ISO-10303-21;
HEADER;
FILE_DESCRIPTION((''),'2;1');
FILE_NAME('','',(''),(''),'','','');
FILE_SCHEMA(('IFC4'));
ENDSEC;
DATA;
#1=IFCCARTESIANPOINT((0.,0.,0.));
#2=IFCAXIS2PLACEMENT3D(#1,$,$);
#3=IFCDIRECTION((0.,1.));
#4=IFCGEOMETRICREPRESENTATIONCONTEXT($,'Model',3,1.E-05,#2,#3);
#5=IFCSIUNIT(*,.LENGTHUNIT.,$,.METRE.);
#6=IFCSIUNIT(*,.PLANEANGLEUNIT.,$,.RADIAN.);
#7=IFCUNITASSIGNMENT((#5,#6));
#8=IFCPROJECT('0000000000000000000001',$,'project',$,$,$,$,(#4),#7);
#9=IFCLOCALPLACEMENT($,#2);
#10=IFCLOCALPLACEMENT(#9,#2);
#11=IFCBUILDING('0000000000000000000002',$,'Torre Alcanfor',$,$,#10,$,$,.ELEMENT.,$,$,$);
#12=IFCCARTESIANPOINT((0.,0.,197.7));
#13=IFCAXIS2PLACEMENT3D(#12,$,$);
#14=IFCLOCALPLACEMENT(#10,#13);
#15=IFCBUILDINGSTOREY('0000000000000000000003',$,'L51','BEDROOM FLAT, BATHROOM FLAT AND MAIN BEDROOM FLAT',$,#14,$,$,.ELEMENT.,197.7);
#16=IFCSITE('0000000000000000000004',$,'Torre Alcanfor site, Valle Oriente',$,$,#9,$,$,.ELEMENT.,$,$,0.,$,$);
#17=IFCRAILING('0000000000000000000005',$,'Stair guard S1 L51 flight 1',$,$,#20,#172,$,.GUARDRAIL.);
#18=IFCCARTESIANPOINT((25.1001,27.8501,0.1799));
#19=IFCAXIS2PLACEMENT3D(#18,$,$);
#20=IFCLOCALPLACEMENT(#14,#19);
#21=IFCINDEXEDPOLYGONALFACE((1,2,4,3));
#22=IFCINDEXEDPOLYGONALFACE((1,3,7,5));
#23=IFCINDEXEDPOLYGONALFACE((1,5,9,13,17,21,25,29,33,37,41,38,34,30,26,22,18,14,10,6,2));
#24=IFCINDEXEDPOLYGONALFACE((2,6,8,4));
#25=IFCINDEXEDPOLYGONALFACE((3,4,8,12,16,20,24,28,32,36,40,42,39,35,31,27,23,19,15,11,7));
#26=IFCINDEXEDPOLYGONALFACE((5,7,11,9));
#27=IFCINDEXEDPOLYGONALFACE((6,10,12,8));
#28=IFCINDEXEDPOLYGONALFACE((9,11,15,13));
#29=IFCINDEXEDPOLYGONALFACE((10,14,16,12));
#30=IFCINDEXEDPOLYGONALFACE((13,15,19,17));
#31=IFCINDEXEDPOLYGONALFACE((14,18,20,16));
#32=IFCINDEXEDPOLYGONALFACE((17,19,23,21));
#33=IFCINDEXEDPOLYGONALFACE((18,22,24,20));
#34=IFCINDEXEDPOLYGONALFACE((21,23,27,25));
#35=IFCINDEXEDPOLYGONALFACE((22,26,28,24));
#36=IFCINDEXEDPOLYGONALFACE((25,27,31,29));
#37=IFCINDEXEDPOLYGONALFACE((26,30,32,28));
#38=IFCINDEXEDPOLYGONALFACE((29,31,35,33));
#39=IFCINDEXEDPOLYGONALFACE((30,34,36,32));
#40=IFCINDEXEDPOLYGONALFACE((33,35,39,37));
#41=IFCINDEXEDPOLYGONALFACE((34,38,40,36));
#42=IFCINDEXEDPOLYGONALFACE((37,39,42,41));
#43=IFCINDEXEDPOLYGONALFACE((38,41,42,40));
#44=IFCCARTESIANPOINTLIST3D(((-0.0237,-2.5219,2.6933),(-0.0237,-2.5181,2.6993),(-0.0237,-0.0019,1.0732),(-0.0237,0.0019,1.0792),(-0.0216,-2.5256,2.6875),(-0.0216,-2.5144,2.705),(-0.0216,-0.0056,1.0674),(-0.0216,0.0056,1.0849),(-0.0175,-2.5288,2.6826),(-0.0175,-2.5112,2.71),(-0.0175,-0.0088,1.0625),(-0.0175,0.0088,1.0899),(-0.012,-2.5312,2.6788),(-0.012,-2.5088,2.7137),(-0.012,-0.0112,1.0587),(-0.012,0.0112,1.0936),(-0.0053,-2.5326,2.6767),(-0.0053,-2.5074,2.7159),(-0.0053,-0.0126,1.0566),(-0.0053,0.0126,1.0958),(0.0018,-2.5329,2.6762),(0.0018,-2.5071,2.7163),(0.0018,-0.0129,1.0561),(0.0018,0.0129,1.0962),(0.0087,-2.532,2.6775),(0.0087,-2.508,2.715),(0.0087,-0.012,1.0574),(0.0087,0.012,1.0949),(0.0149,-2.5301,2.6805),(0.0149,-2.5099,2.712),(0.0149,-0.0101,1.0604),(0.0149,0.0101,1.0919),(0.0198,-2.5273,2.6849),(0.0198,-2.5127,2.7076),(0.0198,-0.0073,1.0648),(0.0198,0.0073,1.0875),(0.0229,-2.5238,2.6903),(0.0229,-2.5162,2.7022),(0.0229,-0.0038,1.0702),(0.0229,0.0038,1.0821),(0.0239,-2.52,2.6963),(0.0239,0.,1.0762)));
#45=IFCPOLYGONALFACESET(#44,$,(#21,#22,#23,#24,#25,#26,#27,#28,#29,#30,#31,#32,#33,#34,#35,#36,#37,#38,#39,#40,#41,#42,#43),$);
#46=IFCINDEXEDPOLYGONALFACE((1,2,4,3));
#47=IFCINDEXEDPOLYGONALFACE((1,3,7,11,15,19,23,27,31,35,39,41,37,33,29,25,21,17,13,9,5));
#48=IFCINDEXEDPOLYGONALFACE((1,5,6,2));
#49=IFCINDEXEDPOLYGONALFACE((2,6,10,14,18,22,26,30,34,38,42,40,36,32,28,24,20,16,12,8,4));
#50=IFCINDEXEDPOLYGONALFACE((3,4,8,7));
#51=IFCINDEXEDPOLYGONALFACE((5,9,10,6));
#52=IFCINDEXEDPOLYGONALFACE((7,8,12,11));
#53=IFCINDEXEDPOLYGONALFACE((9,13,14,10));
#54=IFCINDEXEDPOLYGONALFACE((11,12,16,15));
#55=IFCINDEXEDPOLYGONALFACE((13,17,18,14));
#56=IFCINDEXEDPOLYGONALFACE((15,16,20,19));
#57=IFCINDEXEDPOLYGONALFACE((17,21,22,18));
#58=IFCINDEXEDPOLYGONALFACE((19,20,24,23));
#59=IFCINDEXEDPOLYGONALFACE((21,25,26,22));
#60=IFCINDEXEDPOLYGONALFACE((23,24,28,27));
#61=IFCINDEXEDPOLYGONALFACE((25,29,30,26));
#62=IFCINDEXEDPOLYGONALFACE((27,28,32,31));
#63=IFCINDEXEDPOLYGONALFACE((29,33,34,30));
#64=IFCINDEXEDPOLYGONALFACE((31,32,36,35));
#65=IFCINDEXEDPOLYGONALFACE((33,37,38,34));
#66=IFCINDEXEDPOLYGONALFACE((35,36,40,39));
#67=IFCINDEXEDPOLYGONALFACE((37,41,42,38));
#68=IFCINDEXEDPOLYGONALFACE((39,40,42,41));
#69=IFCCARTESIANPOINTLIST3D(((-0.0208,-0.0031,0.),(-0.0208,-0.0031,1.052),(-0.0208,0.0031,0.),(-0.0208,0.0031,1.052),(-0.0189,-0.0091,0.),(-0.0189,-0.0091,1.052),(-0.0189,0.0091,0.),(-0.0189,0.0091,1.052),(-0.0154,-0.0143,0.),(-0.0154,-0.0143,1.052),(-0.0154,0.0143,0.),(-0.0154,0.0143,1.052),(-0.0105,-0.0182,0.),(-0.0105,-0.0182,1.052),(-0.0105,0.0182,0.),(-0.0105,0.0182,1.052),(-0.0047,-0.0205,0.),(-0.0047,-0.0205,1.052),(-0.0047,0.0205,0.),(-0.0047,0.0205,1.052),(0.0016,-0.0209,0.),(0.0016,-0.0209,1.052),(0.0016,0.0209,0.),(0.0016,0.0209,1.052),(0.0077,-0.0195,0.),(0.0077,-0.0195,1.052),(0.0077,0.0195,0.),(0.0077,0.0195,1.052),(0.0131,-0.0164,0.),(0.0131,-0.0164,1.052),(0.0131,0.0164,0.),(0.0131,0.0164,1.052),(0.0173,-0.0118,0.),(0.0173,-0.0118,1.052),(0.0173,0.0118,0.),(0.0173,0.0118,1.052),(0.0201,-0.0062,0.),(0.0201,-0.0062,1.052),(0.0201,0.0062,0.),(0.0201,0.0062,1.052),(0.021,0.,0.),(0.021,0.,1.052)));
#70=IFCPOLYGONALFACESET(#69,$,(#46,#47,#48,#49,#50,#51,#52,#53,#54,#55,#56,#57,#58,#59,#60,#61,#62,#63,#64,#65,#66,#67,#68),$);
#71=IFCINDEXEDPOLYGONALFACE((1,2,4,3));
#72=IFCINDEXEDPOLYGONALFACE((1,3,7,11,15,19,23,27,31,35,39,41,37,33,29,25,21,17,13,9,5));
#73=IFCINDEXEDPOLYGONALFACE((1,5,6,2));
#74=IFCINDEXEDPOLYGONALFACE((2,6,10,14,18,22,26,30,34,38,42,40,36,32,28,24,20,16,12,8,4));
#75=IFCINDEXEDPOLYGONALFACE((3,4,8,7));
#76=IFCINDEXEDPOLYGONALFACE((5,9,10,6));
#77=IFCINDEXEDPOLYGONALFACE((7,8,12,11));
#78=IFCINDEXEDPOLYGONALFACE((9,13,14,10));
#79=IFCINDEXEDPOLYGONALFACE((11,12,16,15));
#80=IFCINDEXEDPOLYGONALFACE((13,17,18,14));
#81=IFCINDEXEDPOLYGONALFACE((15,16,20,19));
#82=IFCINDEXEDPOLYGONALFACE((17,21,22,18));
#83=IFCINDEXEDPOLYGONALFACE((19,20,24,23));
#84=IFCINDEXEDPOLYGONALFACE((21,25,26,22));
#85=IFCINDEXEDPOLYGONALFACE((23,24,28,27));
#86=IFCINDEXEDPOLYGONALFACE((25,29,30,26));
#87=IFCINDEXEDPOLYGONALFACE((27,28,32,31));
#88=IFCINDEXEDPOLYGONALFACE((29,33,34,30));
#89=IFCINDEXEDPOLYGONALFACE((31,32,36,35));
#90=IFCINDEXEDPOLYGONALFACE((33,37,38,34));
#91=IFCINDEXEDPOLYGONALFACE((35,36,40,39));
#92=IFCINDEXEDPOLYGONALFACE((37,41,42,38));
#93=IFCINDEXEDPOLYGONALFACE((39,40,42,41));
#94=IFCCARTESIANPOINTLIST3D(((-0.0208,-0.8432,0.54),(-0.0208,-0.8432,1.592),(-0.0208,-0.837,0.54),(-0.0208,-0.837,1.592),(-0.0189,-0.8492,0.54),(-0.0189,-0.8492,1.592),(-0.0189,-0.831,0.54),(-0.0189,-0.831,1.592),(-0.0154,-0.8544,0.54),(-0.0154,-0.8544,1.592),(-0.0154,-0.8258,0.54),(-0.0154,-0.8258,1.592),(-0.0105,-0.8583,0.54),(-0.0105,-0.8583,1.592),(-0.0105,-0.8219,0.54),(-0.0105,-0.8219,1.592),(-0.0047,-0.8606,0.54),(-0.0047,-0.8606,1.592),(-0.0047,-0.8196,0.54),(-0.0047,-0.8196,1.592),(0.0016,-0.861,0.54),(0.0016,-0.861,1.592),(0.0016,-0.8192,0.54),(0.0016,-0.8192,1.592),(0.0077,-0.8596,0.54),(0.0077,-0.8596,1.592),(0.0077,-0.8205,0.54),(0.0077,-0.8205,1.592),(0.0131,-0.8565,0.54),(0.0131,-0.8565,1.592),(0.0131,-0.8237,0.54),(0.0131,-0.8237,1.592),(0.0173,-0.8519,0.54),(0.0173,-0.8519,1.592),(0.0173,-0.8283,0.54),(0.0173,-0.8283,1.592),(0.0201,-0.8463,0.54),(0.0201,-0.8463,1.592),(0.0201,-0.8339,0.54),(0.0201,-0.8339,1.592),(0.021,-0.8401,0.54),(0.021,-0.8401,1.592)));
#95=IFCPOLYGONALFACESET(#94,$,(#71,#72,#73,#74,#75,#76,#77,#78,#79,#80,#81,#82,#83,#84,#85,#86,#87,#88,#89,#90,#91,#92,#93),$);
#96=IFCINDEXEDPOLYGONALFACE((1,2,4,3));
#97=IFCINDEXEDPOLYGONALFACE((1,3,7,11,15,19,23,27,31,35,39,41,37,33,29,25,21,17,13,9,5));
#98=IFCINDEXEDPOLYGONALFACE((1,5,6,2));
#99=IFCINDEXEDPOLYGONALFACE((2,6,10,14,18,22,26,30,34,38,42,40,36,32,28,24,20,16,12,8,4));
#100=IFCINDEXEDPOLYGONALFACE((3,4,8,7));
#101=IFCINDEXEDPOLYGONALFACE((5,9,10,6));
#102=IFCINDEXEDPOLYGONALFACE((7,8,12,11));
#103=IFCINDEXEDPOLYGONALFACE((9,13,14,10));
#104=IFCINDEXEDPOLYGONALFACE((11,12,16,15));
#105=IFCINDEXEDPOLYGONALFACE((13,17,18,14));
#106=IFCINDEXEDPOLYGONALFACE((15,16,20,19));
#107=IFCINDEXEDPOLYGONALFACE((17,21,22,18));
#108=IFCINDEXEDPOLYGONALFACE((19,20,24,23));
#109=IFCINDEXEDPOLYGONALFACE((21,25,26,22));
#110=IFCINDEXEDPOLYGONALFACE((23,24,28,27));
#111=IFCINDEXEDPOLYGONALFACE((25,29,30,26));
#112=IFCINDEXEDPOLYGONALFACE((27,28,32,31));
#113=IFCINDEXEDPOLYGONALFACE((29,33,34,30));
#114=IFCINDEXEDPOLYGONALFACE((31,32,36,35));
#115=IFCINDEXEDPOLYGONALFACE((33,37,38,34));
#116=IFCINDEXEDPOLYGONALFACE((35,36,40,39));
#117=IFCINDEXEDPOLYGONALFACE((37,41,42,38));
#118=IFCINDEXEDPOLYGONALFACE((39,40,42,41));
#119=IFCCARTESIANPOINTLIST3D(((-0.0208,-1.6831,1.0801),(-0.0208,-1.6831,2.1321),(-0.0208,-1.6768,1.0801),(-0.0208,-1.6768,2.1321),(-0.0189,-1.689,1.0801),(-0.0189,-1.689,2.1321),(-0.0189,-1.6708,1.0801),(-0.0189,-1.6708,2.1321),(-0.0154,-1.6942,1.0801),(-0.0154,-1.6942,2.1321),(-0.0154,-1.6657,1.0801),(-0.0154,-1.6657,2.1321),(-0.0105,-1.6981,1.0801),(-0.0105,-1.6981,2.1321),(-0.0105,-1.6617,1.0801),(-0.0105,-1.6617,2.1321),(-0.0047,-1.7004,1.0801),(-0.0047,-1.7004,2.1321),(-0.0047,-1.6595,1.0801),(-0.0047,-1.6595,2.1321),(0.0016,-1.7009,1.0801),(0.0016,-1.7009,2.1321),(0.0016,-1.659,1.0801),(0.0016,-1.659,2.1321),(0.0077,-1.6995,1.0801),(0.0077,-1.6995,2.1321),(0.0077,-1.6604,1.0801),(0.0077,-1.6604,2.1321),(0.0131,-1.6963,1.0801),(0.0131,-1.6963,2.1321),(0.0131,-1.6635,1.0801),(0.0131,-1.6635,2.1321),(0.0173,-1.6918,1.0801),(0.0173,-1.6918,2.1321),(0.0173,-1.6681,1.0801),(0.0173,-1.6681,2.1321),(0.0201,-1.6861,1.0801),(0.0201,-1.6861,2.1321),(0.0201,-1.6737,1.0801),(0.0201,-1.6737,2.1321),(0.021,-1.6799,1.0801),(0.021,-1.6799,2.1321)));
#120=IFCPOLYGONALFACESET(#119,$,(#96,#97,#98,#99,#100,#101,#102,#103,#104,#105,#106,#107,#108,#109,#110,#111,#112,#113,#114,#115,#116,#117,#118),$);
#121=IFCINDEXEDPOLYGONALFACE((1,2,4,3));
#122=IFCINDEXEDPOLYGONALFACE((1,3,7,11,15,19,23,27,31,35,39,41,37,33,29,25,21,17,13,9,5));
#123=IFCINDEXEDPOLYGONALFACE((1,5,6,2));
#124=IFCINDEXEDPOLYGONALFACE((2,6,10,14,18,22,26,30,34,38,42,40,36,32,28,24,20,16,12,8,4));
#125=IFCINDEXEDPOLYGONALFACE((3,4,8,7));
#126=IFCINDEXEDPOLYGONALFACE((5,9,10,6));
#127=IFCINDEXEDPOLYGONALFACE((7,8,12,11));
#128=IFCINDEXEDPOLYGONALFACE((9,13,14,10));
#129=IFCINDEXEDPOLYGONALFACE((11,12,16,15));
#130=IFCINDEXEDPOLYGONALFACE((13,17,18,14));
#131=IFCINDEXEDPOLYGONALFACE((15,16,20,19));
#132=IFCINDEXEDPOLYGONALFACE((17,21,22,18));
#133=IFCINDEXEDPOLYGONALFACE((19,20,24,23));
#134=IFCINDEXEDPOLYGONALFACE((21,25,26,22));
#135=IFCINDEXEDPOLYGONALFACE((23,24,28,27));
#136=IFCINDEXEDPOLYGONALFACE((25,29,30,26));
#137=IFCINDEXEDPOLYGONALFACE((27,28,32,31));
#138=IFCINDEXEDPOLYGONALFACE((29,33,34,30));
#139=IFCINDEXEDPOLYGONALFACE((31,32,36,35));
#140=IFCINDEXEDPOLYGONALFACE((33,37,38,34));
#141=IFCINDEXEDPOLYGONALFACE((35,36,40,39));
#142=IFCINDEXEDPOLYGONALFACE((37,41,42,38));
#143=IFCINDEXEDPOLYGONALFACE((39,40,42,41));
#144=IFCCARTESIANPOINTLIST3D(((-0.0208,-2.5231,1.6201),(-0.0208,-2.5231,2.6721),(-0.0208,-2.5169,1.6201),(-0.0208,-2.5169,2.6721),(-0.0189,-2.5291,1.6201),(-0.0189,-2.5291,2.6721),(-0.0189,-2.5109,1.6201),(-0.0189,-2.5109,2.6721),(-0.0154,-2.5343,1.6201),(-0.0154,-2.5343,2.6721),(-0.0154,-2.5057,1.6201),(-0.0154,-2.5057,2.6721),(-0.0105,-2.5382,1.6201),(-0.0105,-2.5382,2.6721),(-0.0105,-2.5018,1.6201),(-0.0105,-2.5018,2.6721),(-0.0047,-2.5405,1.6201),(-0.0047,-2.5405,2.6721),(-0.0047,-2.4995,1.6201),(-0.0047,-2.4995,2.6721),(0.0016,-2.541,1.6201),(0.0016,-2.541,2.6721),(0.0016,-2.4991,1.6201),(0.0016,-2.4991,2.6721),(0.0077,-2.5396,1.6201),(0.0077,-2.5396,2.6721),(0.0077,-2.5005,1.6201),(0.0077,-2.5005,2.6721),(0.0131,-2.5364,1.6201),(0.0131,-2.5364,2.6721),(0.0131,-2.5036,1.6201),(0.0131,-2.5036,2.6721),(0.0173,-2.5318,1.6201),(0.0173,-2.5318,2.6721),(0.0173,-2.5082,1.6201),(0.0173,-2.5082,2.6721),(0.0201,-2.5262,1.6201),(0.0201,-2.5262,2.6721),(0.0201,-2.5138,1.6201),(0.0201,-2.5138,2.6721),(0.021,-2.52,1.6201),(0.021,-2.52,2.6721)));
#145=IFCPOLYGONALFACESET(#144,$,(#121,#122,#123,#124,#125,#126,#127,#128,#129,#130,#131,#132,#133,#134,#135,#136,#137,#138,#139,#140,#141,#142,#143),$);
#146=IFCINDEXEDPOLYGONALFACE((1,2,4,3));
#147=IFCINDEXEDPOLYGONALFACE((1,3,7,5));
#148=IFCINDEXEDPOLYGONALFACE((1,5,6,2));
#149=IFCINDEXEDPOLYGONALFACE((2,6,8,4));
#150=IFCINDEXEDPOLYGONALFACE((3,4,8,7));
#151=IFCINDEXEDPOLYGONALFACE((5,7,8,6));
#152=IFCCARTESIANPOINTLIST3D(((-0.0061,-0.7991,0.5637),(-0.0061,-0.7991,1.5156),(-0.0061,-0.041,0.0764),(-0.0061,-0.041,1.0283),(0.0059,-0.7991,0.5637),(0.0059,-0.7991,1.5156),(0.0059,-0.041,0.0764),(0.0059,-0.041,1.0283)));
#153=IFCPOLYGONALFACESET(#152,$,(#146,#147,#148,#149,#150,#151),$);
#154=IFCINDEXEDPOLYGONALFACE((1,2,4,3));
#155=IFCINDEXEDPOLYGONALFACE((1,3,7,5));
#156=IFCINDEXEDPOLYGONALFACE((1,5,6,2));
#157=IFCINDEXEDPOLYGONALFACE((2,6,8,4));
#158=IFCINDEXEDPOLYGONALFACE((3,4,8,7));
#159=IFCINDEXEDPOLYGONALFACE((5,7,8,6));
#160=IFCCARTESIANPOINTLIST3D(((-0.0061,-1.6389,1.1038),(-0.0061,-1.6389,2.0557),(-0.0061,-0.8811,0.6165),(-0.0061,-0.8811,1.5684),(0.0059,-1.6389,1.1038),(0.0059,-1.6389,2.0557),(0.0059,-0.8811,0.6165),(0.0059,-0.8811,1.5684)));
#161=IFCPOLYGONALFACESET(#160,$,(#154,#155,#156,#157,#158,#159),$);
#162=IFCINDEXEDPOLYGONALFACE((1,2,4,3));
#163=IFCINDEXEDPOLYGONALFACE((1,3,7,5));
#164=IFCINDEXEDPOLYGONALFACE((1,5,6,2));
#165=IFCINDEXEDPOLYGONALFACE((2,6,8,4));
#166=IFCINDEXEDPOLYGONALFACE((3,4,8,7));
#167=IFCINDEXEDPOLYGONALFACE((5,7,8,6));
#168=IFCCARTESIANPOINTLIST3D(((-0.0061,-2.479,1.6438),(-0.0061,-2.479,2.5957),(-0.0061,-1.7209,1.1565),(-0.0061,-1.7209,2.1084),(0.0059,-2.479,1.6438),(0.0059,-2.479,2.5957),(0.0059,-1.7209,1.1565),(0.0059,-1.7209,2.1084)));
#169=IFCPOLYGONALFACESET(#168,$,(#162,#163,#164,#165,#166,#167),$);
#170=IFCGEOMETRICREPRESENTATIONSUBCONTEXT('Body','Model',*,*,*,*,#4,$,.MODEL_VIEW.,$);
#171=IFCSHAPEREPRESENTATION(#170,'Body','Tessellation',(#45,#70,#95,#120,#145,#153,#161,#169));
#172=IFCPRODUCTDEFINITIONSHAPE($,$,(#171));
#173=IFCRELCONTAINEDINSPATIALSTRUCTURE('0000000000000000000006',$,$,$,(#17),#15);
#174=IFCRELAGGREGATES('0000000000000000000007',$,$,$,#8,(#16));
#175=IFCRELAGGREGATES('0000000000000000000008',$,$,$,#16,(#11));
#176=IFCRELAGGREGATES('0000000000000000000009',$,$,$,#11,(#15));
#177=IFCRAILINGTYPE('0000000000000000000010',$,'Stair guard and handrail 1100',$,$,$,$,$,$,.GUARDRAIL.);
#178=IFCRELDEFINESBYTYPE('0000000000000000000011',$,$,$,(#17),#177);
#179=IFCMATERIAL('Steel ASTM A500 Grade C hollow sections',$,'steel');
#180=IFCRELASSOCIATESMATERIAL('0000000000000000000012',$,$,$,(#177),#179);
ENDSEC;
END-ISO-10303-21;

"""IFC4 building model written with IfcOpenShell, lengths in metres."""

from ifc_helpers import new_model, si_unit, direction, frame, origin, origin_2d, place, context, subcontext, project, spatial, polyline, circle, outline, extrude, material, type_object, element, save


model = new_model("IFC4")

# Units and contexts
model_context = context("Model", 3, precision=1e-05, world=origin(), true_north=direction((0.0, 1.0)))
body_context = subcontext(model_context, "Body", "Model", "MODEL_VIEW")
ifc_project = project(units=[si_unit("LENGTHUNIT", "METRE"), si_unit("PLANEANGLEUNIT", "RADIAN")], contexts=[model_context])

# Site, building, storey
site_placement = place(None, origin())
site = spatial("IfcSite", under=ifc_project, at=site_placement, Name="Torre Alcanfor site, Valle Oriente", CompositionType="ELEMENT", RefElevation=0.0)
building_placement = place(site_placement, origin())
building = spatial("IfcBuilding", under=site, at=building_placement, Name="Torre Alcanfor", CompositionType="ELEMENT")
storey_placement = place(building_placement, frame((0.0, 0.0, 197.7)))
storey = spatial("IfcBuildingStorey", under=building, at=storey_placement, Name="L51", Description="BEDROOM FLAT, BATHROOM FLAT AND MAIN BEDROOM FLAT", CompositionType="ELEMENT", Elevation=197.7)

# Railing
ifc_material_1 = material(Name="Steel ASTM A500 Grade C hollow sections", Category="steel")
railing_type = type_object("IfcRailingType", Name="Stair guard and handrail 1100", PredefinedType="GUARDRAIL", material=ifc_material_1)
railing_1_placement = place(storey_placement, frame((25.1001, 27.8501, 0.1799)))
element("IfcRailing", 1, at=railing_1_placement, inside=storey, type_object=railing_type, Name="Stair guard S1 L51 flight 1", PredefinedType="GUARDRAIL", context=body_context, shape_type="SweptSolid", body=[
    extrude(circle(Radius=0.0239, at=origin_2d()), frame((0.0, 0.0, 1.0762), z_axis=(0.0, -0.841163, 0.540782), x_axis=(1.0, 0.0, 0.0)), (0.0, 0.0, 1.0), 2.9958),
    extrude(circle(Radius=0.021, at=origin_2d()), origin(), (0.0, 0.0, 1.0), 1.052),
    extrude(circle(Radius=0.021, at=origin_2d()), frame((0.0, -0.8401, 0.54)), (0.0, 0.0, 1.0), 1.052),
    extrude(circle(Radius=0.021, at=origin_2d()), frame((0.0, -1.6799, 1.0801)), (0.0, 0.0, 1.0), 1.052),
    extrude(circle(Radius=0.021, at=origin_2d()), frame((0.0, -2.52, 1.6201)), (0.0, 0.0, 1.0), 1.052),
    extrude(outline(polyline([(0.041, 0.0764), (0.7991, 0.5637), (0.7991, 1.5156), (0.041, 1.0283), (0.041, 0.0764)])), frame((0.0059, 0.0, 0.0), z_axis=(-1.0, 0.0, 0.0), x_axis=(0.0, -1.0, 0.0)), (0.0, 0.0, 1.0), 0.012),
    extrude(outline(polyline([(0.8811, 0.6165), (1.6389, 1.1038), (1.6389, 2.0557), (0.8811, 1.5684), (0.8811, 0.6165)])), frame((0.0059, 0.0, 0.0), z_axis=(-1.0, 0.0, 0.0), x_axis=(0.0, -1.0, 0.0)), (0.0, 0.0, 1.0), 0.012),
    extrude(outline(polyline([(1.7209, 1.1565), (2.479, 1.6438), (2.479, 2.5957), (1.7209, 2.1084), (1.7209, 1.1565)])), frame((0.0059, 0.0, 0.0), z_axis=(-1.0, 0.0, 0.0), x_axis=(0.0, -1.0, 0.0)), (0.0, 0.0, 1.0), 0.012),
])

save(model, "model.ifc")
